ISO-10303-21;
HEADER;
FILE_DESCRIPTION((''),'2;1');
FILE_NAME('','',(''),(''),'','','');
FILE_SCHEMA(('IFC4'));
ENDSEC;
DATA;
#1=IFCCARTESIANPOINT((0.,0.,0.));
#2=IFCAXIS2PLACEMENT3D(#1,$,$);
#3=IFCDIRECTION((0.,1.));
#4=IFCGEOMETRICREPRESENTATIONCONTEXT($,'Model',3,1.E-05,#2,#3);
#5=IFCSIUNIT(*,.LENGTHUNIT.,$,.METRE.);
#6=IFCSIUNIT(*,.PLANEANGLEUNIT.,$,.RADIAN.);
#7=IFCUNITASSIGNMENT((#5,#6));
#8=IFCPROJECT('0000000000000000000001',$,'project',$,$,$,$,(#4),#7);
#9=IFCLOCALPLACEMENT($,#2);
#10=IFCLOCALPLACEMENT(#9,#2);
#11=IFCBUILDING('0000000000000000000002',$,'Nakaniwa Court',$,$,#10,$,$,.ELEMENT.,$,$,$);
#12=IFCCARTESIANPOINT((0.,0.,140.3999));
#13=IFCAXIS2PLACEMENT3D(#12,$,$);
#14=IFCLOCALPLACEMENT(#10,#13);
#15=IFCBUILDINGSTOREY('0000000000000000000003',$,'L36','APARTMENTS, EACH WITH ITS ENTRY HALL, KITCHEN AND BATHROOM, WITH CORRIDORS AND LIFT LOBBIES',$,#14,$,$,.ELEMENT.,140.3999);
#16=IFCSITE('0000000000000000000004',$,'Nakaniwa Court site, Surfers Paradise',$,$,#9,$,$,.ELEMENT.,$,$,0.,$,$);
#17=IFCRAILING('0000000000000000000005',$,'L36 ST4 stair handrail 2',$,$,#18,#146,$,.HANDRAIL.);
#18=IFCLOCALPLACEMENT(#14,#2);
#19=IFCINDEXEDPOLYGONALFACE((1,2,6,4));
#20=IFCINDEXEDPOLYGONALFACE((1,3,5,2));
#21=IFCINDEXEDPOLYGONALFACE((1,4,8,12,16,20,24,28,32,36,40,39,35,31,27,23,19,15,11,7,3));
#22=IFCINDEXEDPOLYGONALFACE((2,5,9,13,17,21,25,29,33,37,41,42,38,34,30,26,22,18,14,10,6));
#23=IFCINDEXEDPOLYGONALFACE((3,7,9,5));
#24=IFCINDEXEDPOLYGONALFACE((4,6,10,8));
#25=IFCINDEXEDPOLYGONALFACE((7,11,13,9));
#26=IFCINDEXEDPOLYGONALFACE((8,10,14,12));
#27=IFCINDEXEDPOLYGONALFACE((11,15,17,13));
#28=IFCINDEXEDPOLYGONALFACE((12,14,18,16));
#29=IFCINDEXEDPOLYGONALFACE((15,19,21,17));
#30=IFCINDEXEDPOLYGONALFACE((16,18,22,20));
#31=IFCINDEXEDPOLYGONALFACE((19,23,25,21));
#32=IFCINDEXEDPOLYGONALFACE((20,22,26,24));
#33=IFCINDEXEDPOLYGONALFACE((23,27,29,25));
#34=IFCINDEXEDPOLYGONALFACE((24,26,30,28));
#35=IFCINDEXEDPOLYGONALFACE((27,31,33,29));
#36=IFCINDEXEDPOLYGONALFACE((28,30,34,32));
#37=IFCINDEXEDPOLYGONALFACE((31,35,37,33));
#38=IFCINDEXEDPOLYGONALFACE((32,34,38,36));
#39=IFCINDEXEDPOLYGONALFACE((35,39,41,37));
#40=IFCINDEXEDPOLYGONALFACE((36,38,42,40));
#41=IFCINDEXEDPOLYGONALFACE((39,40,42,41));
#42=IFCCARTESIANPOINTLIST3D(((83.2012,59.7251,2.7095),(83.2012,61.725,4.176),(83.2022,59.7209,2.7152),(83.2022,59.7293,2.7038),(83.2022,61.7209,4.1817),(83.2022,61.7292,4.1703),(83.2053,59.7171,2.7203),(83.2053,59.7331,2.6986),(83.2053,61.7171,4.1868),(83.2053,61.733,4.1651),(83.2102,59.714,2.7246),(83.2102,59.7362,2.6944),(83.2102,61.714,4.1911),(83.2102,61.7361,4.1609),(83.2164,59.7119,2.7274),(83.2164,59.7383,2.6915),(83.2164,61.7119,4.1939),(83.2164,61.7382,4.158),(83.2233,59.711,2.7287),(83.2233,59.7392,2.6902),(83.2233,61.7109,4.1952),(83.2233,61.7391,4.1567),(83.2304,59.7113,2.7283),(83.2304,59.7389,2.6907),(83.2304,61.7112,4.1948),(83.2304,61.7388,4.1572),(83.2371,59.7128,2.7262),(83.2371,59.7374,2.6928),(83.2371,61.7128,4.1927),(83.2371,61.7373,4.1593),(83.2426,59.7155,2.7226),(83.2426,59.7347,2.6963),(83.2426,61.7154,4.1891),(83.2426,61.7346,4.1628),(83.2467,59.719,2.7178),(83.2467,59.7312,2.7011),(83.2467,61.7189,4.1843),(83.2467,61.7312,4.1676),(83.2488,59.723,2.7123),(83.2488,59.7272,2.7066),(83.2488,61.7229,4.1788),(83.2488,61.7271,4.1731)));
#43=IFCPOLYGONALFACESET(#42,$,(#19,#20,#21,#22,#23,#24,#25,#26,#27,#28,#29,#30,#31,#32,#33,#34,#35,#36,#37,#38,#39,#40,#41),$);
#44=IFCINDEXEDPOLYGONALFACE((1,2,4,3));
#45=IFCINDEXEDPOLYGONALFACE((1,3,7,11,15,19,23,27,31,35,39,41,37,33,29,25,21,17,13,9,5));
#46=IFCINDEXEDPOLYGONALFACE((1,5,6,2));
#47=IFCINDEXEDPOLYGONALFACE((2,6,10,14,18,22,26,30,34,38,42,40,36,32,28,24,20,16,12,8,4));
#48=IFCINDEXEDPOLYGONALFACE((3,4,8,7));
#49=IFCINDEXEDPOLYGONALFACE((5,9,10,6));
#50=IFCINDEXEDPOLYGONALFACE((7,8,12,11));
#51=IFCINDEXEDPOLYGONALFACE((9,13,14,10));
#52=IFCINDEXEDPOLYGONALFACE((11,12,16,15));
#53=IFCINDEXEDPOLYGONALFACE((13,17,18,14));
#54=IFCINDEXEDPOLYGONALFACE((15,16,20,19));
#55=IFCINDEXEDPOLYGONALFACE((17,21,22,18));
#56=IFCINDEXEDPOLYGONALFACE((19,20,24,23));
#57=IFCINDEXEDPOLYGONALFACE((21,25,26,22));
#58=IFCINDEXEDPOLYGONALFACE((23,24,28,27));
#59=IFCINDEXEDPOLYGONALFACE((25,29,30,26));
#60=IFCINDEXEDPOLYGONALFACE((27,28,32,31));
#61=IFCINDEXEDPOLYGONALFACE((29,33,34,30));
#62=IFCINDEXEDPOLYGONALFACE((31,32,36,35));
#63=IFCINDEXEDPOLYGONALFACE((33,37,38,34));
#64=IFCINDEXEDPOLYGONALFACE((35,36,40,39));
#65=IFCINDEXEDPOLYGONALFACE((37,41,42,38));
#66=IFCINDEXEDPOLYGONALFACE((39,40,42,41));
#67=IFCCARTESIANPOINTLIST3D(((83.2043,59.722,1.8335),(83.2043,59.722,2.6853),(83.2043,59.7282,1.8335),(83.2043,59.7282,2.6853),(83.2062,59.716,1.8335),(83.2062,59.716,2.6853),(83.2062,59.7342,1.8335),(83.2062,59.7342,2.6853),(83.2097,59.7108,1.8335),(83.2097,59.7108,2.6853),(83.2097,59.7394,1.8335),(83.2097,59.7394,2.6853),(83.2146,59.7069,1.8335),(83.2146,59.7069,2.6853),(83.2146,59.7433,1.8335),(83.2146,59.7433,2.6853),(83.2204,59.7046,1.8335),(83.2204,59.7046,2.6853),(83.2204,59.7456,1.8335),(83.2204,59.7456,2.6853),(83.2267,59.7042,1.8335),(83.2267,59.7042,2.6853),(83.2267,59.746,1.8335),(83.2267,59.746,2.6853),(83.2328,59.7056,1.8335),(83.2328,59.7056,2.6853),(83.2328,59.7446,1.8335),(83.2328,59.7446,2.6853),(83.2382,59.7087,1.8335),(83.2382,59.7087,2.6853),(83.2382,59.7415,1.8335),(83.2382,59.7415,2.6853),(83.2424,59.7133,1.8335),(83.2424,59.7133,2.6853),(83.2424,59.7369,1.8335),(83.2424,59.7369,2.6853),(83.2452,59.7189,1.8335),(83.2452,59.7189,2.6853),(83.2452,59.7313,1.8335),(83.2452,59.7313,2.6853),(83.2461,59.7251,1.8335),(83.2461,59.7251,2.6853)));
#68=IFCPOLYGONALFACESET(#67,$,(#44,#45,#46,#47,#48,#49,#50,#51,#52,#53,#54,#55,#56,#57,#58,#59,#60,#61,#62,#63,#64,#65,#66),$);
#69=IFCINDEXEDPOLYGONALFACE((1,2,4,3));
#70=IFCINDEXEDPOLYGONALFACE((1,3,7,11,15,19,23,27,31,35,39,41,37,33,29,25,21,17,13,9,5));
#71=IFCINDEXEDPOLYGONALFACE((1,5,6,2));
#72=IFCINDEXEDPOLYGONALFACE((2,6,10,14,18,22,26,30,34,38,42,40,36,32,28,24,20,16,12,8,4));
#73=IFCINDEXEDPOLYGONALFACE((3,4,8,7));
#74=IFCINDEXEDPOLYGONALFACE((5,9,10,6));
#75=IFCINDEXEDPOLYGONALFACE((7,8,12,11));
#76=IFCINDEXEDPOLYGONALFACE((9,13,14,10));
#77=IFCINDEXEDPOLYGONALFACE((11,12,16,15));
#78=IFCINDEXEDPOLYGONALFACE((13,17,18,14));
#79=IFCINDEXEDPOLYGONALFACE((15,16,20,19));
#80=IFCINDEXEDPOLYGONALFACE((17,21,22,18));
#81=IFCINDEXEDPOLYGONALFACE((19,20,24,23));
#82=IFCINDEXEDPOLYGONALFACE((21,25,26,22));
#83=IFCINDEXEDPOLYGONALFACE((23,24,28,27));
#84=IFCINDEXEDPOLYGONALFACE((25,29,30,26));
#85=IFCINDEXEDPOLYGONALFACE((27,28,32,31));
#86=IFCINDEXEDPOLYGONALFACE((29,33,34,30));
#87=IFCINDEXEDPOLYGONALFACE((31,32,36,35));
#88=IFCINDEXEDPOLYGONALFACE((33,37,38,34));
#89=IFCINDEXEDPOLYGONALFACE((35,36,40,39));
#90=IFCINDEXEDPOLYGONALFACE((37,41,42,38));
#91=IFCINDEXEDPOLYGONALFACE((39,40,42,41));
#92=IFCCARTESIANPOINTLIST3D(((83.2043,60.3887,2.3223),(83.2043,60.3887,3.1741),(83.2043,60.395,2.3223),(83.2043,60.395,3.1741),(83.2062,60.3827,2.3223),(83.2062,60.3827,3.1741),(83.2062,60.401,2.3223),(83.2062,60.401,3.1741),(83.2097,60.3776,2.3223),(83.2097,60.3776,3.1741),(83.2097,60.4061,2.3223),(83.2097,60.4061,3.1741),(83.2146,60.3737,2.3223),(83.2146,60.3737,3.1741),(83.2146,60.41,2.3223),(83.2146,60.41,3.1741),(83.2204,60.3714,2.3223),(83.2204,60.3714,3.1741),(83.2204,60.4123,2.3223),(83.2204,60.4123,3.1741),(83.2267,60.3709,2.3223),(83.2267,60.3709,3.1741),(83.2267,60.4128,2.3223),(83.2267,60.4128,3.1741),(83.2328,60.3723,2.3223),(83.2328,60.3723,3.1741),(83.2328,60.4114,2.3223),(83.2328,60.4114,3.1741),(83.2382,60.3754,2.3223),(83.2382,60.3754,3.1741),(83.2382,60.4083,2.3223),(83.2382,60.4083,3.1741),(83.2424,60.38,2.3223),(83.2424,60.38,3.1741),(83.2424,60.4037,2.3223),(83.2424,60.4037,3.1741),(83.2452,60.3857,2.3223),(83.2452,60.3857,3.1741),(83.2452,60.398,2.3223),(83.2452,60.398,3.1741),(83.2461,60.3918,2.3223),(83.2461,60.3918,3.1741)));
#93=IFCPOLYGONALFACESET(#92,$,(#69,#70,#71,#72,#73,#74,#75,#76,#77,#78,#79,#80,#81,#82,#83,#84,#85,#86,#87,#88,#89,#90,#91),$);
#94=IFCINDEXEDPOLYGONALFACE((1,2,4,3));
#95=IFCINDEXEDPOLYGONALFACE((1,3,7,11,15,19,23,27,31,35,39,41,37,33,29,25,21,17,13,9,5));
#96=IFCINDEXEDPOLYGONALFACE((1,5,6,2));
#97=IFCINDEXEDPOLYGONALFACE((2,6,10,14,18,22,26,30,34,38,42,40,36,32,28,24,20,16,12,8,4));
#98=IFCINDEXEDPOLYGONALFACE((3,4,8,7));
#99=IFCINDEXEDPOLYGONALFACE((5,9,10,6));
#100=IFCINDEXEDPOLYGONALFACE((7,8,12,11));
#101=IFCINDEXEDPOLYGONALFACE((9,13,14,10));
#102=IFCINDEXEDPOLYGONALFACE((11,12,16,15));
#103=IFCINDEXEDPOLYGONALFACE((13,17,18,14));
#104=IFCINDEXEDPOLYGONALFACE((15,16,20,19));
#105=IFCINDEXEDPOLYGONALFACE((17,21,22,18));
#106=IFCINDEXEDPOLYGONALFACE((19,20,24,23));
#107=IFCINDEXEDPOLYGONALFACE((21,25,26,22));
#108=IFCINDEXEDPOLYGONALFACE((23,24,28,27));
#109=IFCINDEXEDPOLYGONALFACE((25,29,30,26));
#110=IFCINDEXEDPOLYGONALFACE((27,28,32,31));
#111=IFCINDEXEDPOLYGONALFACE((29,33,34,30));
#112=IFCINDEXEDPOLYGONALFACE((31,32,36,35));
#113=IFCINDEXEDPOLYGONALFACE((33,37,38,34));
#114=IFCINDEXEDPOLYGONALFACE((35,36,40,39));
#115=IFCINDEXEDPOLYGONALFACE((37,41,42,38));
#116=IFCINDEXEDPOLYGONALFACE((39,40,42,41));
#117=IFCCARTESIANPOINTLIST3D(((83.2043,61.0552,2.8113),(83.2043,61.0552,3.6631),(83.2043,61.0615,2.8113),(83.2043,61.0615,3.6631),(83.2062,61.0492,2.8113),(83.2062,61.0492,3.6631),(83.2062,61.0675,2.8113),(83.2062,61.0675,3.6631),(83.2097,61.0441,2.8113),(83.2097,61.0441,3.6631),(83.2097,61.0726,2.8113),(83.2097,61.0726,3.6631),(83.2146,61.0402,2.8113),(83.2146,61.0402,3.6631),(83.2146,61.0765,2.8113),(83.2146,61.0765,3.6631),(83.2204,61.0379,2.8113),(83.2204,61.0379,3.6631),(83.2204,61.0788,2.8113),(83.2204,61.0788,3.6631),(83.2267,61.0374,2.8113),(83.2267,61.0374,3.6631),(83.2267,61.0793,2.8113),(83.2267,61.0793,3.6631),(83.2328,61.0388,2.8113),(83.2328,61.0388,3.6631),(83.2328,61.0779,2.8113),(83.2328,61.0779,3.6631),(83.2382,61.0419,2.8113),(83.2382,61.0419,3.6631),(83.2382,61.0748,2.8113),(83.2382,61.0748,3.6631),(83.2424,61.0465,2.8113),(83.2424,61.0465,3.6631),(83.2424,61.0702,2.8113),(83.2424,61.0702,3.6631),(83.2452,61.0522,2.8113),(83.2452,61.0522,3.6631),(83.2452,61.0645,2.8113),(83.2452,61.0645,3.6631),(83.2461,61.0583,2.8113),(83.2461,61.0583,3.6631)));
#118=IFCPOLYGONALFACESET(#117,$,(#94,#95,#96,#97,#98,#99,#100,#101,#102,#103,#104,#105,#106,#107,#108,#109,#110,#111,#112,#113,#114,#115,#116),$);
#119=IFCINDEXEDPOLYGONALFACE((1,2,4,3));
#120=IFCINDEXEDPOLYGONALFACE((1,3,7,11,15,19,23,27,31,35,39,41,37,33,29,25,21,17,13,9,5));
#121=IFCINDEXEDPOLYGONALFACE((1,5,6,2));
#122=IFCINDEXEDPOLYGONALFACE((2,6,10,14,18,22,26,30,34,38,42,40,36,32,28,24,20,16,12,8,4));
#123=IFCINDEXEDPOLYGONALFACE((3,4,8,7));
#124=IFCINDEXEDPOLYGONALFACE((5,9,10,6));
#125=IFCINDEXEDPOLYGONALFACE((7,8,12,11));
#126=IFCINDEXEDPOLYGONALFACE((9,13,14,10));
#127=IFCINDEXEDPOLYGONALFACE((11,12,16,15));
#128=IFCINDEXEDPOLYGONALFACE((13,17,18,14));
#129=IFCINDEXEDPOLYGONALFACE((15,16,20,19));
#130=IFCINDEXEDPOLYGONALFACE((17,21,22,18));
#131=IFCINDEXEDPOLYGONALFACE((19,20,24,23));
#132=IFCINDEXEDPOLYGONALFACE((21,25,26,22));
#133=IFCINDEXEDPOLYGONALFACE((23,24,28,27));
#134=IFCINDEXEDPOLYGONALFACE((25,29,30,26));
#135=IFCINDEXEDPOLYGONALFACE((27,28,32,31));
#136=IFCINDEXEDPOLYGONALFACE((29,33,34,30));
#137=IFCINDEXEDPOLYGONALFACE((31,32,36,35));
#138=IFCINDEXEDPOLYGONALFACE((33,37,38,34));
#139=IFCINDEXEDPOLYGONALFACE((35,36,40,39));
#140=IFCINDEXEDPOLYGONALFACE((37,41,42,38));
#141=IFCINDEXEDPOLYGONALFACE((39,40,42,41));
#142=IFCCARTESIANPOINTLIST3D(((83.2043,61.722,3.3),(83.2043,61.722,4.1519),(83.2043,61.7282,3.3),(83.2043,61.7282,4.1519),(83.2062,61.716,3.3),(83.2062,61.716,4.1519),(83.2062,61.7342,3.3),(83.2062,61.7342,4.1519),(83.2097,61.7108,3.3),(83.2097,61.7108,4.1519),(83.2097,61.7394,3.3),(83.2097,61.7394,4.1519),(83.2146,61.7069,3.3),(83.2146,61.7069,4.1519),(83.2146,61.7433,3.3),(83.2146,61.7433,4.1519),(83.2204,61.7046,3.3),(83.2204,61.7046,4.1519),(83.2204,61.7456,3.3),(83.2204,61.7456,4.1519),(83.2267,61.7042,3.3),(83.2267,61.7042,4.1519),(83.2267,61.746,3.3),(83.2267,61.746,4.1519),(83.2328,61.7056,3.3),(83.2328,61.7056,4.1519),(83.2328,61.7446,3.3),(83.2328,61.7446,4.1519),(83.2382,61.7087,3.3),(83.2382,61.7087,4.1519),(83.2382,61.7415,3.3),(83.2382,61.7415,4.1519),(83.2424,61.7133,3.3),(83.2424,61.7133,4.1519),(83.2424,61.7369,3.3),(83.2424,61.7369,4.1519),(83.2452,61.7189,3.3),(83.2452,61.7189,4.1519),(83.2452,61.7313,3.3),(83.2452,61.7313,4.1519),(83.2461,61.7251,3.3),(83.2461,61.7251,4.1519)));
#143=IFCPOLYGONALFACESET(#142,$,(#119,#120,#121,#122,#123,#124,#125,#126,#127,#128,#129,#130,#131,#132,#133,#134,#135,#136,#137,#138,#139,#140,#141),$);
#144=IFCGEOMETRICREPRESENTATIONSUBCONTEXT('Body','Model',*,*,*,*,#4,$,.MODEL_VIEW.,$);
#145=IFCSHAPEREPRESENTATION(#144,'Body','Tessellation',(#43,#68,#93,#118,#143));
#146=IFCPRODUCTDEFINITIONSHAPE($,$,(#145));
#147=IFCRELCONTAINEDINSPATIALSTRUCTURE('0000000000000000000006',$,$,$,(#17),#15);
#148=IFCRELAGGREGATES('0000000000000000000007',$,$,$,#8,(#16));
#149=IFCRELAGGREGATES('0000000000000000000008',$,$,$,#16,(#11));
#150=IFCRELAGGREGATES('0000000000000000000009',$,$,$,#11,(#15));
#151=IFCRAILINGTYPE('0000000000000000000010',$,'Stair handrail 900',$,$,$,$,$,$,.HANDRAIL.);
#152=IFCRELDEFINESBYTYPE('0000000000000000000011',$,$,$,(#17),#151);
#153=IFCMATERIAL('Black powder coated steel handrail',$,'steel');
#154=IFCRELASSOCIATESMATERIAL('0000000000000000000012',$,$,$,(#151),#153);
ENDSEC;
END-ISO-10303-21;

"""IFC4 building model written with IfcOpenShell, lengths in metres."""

from ifc_helpers import new_model, si_unit, direction, frame, origin, origin_2d, place, context, subcontext, project, spatial, circle, extrude, material, type_object, element, save


model = new_model("IFC4")

# Units and contexts
model_context = context("Model", 3, precision=1e-05, world=origin(), true_north=direction((0.0, 1.0)))
body_context = subcontext(model_context, "Body", "Model", "MODEL_VIEW")
ifc_project = project(units=[si_unit("LENGTHUNIT", "METRE"), si_unit("PLANEANGLEUNIT", "RADIAN")], contexts=[model_context])

# Site, building, storey
site_placement = place(None, origin())
site = spatial("IfcSite", under=ifc_project, at=site_placement, Name="Nakaniwa Court site, Surfers Paradise", CompositionType="ELEMENT", RefElevation=0.0)
building_placement = place(site_placement, origin())
building = spatial("IfcBuilding", under=site, at=building_placement, Name="Nakaniwa Court", CompositionType="ELEMENT")
storey_placement = place(building_placement, frame((0.0, 0.0, 140.3999)))
storey = spatial("IfcBuildingStorey", under=building, at=storey_placement, Name="L36", Description="APARTMENTS, EACH WITH ITS ENTRY HALL, KITCHEN AND BATHROOM, WITH CORRIDORS AND LIFT LOBBIES", CompositionType="ELEMENT", Elevation=140.3999)

# Railing
ifc_material_1 = material(Name="Black powder coated steel handrail", Category="steel")
railing_type_1 = type_object("IfcRailingType", Name="Stair handrail 900", PredefinedType="HANDRAIL", material=ifc_material_1)
railing_1_placement = place(storey_placement, frame((83.2251, 59.7251, 1.8335)))
element("IfcRailing", 1, at=railing_1_placement, inside=storey, type_object=railing_type_1, Name="L36 ST4 stair handrail 2", PredefinedType="HANDRAIL", context=body_context, shape_type="SweptSolid", body=[
    extrude(circle(Radius=0.0239, at=origin_2d()), frame((0.0, 0.0, 0.876), z_axis=(0.0, 0.806427, 0.591334), x_axis=(-1.0, 0.0, 0.0)), (0.0, 0.0, 1.0), 2.48),
    extrude(circle(Radius=0.021, at=origin_2d()), origin(), (0.0, 0.0, 1.0), 0.8518),
    extrude(circle(Radius=0.021, at=origin_2d()), frame((0.0, 0.6667, 0.4888)), (0.0, 0.0, 1.0), 0.8518),
    extrude(circle(Radius=0.021, at=origin_2d()), frame((0.0, 1.3333, 0.9778)), (0.0, 0.0, 1.0), 0.8518),
    extrude(circle(Radius=0.021, at=origin_2d()), frame((0.0, 2.0, 1.4666)), (0.0, 0.0, 1.0), 0.8518),
])

save(model, "model.ifc")
